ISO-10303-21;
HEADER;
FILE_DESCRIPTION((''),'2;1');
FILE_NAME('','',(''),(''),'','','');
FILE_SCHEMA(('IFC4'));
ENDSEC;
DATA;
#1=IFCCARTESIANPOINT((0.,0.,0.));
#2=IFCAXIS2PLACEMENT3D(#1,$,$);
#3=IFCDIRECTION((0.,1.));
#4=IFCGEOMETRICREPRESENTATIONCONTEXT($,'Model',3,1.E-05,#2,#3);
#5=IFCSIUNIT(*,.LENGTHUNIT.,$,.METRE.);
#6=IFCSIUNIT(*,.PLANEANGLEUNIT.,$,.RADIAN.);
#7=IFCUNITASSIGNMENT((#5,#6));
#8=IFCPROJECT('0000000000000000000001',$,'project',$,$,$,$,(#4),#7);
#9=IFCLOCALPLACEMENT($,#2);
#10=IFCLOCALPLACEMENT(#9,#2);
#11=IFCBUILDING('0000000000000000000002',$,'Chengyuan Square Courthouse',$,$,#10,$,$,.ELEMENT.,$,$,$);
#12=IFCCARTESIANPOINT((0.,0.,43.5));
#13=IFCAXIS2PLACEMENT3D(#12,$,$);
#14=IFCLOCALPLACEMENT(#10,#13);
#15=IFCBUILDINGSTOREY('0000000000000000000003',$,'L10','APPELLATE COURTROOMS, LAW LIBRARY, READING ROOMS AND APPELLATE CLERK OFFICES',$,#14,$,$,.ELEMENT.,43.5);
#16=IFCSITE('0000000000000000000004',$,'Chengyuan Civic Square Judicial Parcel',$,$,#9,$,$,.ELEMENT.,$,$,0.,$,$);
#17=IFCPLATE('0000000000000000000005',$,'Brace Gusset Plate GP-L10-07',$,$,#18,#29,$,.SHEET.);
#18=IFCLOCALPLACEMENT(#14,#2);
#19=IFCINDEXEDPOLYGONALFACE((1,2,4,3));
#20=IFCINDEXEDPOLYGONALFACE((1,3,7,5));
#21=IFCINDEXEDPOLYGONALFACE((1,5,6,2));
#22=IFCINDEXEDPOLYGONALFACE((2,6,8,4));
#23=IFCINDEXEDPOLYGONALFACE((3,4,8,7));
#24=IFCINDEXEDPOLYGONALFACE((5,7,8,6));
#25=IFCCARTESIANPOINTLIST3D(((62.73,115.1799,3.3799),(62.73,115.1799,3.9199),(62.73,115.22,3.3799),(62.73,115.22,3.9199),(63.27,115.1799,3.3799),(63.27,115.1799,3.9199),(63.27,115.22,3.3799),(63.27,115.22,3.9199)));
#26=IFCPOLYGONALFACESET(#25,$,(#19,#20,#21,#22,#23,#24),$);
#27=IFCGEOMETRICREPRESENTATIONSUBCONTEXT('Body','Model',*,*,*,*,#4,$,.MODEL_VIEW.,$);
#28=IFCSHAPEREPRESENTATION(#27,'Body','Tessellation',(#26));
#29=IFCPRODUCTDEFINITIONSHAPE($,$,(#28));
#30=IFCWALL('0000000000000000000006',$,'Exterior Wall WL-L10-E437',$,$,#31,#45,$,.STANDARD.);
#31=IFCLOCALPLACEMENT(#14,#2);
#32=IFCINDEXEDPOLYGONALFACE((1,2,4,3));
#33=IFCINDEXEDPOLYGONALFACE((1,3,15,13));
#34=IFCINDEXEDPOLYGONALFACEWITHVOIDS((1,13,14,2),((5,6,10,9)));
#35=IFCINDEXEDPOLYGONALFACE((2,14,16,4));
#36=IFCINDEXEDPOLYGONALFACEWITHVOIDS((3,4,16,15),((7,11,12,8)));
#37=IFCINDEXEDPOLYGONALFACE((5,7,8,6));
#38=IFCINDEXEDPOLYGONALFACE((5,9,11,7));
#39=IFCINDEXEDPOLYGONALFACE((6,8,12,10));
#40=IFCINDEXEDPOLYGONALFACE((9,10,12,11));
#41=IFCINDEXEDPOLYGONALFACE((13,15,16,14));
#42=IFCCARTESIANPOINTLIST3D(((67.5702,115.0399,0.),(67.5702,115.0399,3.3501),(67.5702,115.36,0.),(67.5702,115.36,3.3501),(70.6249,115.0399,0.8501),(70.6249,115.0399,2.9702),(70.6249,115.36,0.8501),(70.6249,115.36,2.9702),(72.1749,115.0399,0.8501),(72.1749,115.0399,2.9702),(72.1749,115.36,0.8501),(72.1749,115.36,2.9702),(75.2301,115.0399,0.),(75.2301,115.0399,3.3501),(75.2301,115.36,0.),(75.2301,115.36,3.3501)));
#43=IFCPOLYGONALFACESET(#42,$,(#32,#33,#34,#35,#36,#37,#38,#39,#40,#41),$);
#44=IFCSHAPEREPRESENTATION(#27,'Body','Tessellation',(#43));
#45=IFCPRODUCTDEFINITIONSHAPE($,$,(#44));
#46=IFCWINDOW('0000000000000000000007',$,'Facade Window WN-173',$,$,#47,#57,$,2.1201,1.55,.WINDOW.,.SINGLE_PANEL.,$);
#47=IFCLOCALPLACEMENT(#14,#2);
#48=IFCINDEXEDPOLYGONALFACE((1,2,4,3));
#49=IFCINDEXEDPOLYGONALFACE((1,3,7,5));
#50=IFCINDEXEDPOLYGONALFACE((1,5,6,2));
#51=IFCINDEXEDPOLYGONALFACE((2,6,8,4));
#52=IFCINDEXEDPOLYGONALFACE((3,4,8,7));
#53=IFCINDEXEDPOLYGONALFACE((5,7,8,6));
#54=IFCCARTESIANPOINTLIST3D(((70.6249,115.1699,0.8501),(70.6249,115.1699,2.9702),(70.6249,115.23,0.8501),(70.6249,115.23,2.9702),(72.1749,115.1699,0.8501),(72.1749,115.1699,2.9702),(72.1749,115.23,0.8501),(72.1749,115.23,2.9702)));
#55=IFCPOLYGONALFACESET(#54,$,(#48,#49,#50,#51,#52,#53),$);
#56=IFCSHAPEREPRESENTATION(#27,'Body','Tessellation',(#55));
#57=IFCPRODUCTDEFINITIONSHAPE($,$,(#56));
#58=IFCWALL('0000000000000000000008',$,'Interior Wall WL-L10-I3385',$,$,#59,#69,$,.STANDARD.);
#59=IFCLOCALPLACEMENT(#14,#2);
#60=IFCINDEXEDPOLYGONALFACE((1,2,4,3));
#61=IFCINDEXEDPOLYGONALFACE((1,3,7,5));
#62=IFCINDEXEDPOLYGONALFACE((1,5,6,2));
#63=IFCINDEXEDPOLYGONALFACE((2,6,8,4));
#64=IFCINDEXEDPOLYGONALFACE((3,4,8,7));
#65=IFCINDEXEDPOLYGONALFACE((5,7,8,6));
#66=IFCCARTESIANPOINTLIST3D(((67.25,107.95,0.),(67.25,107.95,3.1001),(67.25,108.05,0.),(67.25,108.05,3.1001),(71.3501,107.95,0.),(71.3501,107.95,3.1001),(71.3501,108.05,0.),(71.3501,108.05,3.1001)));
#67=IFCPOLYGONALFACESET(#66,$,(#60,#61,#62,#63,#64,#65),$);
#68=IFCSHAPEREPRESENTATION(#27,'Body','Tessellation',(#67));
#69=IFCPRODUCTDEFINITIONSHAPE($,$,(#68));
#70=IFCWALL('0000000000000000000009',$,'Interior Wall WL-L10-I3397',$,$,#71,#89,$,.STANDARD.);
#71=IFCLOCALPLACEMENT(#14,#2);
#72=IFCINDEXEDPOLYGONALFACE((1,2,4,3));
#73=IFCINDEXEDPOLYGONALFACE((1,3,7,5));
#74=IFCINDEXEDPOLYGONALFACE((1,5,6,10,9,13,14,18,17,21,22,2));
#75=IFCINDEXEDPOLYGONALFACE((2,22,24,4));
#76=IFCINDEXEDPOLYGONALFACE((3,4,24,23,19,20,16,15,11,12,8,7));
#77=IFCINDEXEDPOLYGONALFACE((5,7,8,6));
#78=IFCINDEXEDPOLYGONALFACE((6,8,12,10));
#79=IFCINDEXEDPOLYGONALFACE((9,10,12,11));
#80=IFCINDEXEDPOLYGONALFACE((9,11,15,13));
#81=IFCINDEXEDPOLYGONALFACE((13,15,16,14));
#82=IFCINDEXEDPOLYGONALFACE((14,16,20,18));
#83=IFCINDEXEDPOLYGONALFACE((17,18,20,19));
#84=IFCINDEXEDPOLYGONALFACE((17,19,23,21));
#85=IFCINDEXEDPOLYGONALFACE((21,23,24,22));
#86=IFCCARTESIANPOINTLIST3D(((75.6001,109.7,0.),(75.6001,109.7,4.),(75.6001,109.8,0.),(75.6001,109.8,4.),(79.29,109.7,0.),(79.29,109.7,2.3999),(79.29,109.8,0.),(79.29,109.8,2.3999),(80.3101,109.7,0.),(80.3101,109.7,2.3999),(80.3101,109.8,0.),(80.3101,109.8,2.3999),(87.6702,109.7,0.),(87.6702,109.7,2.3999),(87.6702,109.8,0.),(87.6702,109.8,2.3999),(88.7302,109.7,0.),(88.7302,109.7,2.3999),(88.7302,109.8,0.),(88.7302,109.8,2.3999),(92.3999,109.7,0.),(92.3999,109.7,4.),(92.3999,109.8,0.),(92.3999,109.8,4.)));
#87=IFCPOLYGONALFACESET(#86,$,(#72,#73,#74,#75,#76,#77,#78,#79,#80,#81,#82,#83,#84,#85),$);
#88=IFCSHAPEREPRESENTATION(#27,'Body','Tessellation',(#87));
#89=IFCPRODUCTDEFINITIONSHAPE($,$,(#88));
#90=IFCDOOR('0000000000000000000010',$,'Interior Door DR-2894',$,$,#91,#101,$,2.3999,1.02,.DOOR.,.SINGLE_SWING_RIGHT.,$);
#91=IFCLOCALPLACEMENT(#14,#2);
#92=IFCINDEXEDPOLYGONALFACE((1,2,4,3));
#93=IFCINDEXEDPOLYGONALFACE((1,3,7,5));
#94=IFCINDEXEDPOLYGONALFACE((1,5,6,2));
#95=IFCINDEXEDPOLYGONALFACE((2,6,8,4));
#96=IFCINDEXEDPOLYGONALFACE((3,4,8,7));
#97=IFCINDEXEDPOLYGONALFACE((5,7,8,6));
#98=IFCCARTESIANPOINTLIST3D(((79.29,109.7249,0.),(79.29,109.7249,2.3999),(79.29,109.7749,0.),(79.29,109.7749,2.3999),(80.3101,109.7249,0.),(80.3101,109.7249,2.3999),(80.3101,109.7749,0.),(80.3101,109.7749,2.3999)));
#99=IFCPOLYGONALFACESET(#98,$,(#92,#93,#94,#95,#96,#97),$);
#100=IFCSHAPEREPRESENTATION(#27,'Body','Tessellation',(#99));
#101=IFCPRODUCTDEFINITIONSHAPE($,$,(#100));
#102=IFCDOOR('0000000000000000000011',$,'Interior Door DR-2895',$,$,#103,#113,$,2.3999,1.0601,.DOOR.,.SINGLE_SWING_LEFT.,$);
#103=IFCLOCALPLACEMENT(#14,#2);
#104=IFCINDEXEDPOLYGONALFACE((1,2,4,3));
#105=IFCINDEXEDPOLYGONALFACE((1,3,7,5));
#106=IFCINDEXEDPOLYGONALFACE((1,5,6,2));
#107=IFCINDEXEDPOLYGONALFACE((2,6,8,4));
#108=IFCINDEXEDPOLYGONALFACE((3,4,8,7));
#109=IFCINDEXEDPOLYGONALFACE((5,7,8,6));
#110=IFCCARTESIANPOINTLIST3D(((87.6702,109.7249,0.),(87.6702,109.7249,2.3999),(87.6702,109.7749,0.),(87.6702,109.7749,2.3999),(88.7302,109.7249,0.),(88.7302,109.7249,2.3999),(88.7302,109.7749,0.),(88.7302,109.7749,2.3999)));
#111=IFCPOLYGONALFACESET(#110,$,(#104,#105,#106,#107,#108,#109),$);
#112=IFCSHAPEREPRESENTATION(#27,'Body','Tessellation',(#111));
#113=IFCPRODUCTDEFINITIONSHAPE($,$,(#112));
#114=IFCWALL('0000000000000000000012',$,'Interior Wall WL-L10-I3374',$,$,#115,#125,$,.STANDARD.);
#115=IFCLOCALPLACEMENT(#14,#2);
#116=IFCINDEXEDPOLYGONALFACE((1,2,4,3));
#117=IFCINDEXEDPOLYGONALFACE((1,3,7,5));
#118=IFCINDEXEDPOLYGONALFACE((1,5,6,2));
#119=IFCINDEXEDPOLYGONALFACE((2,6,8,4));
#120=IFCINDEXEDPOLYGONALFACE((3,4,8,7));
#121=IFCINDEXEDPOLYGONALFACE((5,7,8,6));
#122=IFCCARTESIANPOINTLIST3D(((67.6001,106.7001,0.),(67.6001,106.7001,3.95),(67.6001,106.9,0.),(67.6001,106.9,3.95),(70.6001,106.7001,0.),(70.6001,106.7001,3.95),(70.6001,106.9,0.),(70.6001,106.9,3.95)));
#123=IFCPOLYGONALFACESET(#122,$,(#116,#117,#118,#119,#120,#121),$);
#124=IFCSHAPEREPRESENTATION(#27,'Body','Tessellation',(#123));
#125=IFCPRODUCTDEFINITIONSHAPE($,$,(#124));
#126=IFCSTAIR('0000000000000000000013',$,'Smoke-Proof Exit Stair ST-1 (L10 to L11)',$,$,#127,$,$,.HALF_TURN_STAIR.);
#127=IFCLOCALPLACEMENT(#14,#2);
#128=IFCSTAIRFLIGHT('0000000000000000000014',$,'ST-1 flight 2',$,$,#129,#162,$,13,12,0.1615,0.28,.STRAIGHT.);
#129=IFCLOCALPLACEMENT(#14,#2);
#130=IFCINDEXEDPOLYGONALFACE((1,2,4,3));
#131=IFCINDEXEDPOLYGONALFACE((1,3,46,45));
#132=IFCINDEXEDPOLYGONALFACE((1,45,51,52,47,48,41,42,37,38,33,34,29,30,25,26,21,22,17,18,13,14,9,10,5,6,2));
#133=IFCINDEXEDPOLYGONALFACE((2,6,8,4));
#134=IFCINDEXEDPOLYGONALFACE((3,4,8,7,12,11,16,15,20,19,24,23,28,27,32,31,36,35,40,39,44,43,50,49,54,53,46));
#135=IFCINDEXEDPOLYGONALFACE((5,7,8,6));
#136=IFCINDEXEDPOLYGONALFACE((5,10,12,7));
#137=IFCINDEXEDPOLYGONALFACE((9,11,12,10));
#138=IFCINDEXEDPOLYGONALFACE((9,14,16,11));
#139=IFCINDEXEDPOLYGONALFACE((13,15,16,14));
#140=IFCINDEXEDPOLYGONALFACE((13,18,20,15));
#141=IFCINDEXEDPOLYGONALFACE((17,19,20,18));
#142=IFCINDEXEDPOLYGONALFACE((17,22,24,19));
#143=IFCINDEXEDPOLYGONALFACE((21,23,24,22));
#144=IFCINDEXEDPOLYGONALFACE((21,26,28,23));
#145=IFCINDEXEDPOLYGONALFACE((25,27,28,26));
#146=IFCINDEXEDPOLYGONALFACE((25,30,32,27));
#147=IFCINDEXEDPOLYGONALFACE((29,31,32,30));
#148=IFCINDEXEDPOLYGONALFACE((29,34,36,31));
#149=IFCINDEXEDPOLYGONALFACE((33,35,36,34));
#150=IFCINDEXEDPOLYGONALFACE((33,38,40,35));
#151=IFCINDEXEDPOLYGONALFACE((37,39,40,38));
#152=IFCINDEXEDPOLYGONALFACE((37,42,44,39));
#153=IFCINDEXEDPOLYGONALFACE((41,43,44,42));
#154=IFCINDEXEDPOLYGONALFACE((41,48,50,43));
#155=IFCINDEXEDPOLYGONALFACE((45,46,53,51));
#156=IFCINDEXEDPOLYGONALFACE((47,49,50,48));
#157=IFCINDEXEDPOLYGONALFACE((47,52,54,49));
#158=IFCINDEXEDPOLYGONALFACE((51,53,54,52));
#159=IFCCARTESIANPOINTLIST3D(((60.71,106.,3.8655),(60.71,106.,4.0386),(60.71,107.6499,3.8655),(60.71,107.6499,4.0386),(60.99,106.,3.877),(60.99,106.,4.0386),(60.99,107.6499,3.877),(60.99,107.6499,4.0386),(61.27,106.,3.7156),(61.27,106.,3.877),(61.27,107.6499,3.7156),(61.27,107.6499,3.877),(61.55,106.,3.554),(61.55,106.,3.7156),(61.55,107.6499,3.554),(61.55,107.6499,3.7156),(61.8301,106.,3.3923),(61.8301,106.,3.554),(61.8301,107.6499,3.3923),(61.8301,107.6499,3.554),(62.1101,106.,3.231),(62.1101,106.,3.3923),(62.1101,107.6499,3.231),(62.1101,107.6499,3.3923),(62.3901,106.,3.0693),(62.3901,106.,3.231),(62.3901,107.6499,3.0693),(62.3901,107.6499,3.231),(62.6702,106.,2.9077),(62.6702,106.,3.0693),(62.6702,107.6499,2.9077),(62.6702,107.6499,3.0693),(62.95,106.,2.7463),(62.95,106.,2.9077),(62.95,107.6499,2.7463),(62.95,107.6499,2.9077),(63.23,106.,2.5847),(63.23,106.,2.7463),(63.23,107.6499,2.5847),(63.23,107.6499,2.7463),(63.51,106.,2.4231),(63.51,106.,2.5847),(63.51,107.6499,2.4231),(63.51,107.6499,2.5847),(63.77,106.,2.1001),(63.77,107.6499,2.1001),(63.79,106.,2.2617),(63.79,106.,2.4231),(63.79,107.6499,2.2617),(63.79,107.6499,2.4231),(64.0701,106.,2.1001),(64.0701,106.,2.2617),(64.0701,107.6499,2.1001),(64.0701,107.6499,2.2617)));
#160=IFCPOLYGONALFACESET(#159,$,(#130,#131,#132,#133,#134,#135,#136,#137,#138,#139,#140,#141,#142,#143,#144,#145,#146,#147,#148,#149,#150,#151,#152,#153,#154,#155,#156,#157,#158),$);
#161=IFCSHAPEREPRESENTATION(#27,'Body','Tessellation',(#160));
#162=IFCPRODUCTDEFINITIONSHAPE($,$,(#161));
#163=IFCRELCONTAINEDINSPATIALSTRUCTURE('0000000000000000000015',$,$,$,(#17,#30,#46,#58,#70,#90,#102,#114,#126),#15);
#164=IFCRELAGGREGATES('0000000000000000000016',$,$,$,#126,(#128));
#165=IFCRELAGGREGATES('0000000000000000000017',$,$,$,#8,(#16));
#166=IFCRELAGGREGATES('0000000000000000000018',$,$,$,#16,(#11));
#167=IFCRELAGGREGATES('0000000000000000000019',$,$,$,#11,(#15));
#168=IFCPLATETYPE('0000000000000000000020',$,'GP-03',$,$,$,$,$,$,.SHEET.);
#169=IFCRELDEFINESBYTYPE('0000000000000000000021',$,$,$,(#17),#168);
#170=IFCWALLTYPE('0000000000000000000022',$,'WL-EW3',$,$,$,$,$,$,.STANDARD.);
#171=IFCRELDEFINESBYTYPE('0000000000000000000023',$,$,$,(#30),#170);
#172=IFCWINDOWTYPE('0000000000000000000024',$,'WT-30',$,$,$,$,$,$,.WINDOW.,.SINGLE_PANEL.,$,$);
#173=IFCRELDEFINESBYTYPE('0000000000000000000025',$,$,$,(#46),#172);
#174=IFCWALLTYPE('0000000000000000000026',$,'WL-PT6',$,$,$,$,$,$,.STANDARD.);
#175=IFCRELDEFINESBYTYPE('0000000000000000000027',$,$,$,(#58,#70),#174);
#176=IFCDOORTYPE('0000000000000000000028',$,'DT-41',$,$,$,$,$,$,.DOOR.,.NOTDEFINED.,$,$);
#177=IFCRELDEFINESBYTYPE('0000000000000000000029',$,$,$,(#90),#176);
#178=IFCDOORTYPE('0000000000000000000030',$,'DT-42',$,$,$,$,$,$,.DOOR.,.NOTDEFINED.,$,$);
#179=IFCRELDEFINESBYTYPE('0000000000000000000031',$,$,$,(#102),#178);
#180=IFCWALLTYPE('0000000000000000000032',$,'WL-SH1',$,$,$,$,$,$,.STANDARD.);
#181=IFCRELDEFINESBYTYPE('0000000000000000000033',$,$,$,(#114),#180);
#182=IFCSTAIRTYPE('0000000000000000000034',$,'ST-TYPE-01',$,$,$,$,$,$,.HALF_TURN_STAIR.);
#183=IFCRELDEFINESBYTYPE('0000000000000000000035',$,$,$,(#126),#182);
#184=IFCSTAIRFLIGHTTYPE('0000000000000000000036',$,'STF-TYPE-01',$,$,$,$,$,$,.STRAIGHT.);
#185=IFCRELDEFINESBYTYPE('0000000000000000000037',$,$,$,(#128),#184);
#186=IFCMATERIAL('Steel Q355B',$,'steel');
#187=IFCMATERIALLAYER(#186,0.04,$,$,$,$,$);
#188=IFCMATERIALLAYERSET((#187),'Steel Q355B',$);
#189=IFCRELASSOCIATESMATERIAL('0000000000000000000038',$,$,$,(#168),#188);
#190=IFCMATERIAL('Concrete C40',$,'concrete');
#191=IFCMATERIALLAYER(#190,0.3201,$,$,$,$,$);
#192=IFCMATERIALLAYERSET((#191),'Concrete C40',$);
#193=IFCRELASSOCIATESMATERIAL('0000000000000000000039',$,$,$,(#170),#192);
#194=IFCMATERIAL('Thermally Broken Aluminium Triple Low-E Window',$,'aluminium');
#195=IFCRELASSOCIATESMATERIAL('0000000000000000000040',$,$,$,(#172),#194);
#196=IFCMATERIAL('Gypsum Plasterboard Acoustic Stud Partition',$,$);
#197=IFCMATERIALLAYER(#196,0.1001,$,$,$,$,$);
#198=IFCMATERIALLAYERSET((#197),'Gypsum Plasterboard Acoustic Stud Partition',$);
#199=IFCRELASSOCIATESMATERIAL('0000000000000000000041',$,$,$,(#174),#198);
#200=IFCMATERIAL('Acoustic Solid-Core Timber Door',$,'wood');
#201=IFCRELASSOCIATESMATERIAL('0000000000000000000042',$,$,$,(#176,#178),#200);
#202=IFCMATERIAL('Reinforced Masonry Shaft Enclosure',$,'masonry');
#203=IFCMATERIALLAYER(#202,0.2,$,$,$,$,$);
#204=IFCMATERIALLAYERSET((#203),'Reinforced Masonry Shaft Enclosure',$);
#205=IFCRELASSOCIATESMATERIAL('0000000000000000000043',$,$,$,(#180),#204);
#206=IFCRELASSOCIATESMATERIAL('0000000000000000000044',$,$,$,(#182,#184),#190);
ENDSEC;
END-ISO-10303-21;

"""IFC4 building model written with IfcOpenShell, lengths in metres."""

from ifc_helpers import new_model, si_unit, direction, frame, frame_2d, origin, origin_2d, place, context, subcontext, project, spatial, polyline, rectangle, outline, extrude, material, layer, layer_set, type_object, element, fill, aggregate, save


model = new_model("IFC4")

# Units and contexts
model_context = context("Model", 3, precision=1e-05, world=origin(), true_north=direction((0.0, 1.0)))
body_context = subcontext(model_context, "Body", "Model", "MODEL_VIEW")
ifc_project = project(units=[si_unit("LENGTHUNIT", "METRE"), si_unit("PLANEANGLEUNIT", "RADIAN")], contexts=[model_context])

# Site, building, storey
site_placement = place(None, origin())
site = spatial("IfcSite", under=ifc_project, at=site_placement, Name="Chengyuan Civic Square Judicial Parcel", CompositionType="ELEMENT", RefElevation=0.0)
building_placement = place(site_placement, origin())
building = spatial("IfcBuilding", under=site, at=building_placement, Name="Chengyuan Square Courthouse", CompositionType="ELEMENT")
storey_placement = place(building_placement, frame((0.0, 0.0, 43.5)))
storey = spatial("IfcBuildingStorey", under=building, at=storey_placement, Name="L10", Description="APPELLATE COURTROOMS, LAW LIBRARY, READING ROOMS AND APPELLATE CLERK OFFICES", CompositionType="ELEMENT", Elevation=43.5)

# Shared definitions
ifc_material_1 = material(Name="Concrete C40", Category="concrete")

# Shared definitions
ifc_material_2 = material(Name="Steel Q355B", Category="steel")

# Plate
ifc_layer_1 = layer(ifc_material_2, 0.04)
ifc_layer_set_1 = layer_set([ifc_layer_1], Name="Steel Q355B")
plate_type = type_object("IfcPlateType", Name="GP-03", PredefinedType="SHEET", material=ifc_layer_set_1)
plate_placement = place(storey_placement, frame((63.0, 115.2, 3.3799), z_axis=(0.0, 0.0, 1.0), x_axis=(1.0, 0.0, 0.0)))
element("IfcPlate", 1, at=plate_placement, inside=storey, type_object=plate_type, Name="Brace Gusset Plate GP-L10-07", PredefinedType="SHEET", context=body_context, shape_type="SweptSolid", body=[
    extrude(rectangle(XDim=0.54, YDim=0.04, at=origin_2d()), origin(), (0.0, 0.0, 1.0), 0.54),
])

# Wall, opening, window
ifc_layer_2 = layer(ifc_material_1, 0.3201)
ifc_layer_set_2 = layer_set([ifc_layer_2], Name="Concrete C40")
wall_type_1 = type_object("IfcWallType", Name="WL-EW3", PredefinedType="STANDARD", material=ifc_layer_set_2)
wall_1_placement = place(storey_placement, frame((67.5701, 115.2, 0.0), z_axis=(0.0, 0.0, 1.0), x_axis=(1.0, 0.0, 0.0)))
wall_1 = element("IfcWall", 2, at=wall_1_placement, inside=storey, type_object=wall_type_1, Name="Exterior Wall WL-L10-E437", PredefinedType="STANDARD", context=body_context, shape_type="SweptSolid", body=[
    extrude(rectangle(XDim=7.6599, YDim=0.3201, at=frame_2d((3.8301, 0.0))), origin(), (0.0, 0.0, 1.0), 3.3501),
])
opening_1_placement = place(wall_1_placement, frame((3.0549, 0.0, 0.8501)))
opening_1 = element("IfcOpeningElement", 3, at=opening_1_placement, cuts=wall_1, PredefinedType="OPENING", context=body_context, shape_type="SweptSolid", body=[
    extrude(rectangle(XDim=1.55, YDim=2.1201, at=frame_2d((0.7749, 1.0601))), frame((0.0, 0.1721, 0.0), z_axis=(0.0, -1.0, 0.0), x_axis=(1.0, 0.0, 0.0)), (0.0, 0.0, 1.0), 0.344),
])
ifc_material_3 = material(Name="Thermally Broken Aluminium Triple Low-E Window", Category="aluminium")
window_type = type_object("IfcWindowType", Name="WT-30", PartitioningType="SINGLE_PANEL", PredefinedType="WINDOW", material=ifc_material_3)
window_placement = place(opening_1_placement, origin())
window = element("IfcWindow", 4, at=window_placement, inside=storey, type_object=window_type, Name="Facade Window WN-173", OverallHeight=2.1201, OverallWidth=1.55, PartitioningType="SINGLE_PANEL", PredefinedType="WINDOW", context=body_context, shape_type="SweptSolid", body=[
    extrude(rectangle(XDim=1.55, YDim=2.1201, at=frame_2d((0.7749, 1.0601))), frame((0.0, 0.03, 0.0), z_axis=(0.0, -1.0, 0.0), x_axis=(1.0, 0.0, 0.0)), (0.0, 0.0, 1.0), 0.0601),
])
fill(opening_1, window)

# Wall
ifc_material_4 = material(Name="Gypsum Plasterboard Acoustic Stud Partition")
ifc_layer_3 = layer(ifc_material_4, 0.1001)
ifc_layer_set_3 = layer_set([ifc_layer_3], Name="Gypsum Plasterboard Acoustic Stud Partition")
wall_type_2 = type_object("IfcWallType", Name="WL-PT6", PredefinedType="STANDARD", material=ifc_layer_set_3)
wall_2_placement = place(storey_placement, frame((67.25, 108.0, 0.0), z_axis=(0.0, 0.0, 1.0), x_axis=(1.0, 0.0, 0.0)))
element("IfcWall", 5, at=wall_2_placement, inside=storey, type_object=wall_type_2, Name="Interior Wall WL-L10-I3385", PredefinedType="STANDARD", context=body_context, shape_type="SweptSolid", body=[
    extrude(rectangle(XDim=4.1001, YDim=0.1001, at=frame_2d((2.05, 0.0))), origin(), (0.0, 0.0, 1.0), 3.1001),
])

# Wall, openings, doors
wall_3_placement = place(storey_placement, frame((75.6001, 109.75, 0.0), z_axis=(0.0, 0.0, 1.0), x_axis=(1.0, 0.0, 0.0)))
wall_3 = element("IfcWall", 6, at=wall_3_placement, inside=storey, type_object=wall_type_2, Name="Interior Wall WL-L10-I3397", PredefinedType="STANDARD", context=body_context, shape_type="SweptSolid", body=[
    extrude(rectangle(XDim=16.7998, YDim=0.1001, at=frame_2d((8.3999, 0.0))), origin(), (0.0, 0.0, 1.0), 4.0),
])
opening_2_placement = place(wall_3_placement, frame((3.6899, 0.0, 0.0)))
opening_2 = element("IfcOpeningElement", 7, at=opening_2_placement, cuts=wall_3, PredefinedType="OPENING", context=body_context, shape_type="SweptSolid", body=[
    extrude(rectangle(XDim=1.02, YDim=2.3999, at=frame_2d((0.51, 1.2))), frame((0.0, 0.062, 0.0), z_axis=(0.0, -1.0, 0.0), x_axis=(1.0, 0.0, 0.0)), (0.0, 0.0, 1.0), 0.124),
])
opening_3_placement = place(wall_3_placement, frame((12.0701, 0.0, 0.0)))
opening_3 = element("IfcOpeningElement", 8, at=opening_3_placement, cuts=wall_3, PredefinedType="OPENING", context=body_context, shape_type="SweptSolid", body=[
    extrude(rectangle(XDim=1.0601, YDim=2.3999, at=frame_2d((0.53, 1.2))), frame((0.0, 0.062, 0.0), z_axis=(0.0, -1.0, 0.0), x_axis=(1.0, 0.0, 0.0)), (0.0, 0.0, 1.0), 0.124),
])
ifc_material_5 = material(Name="Acoustic Solid-Core Timber Door", Category="wood")
door_type_1 = type_object("IfcDoorType", Name="DT-41", OperationType="NOTDEFINED", PredefinedType="DOOR", material=ifc_material_5)
door_1_placement = place(opening_2_placement, origin())
door_1 = element("IfcDoor", 9, at=door_1_placement, inside=storey, type_object=door_type_1, Name="Interior Door DR-2894", OperationType="SINGLE_SWING_RIGHT", OverallHeight=2.3999, OverallWidth=1.02, PredefinedType="DOOR", context=body_context, shape_type="SweptSolid", body=[
    extrude(rectangle(XDim=1.02, YDim=2.3999, at=frame_2d((0.51, 1.2))), frame((0.0, 0.0249, 0.0), z_axis=(0.0, -1.0, 0.0), x_axis=(1.0, 0.0, 0.0)), (0.0, 0.0, 1.0), 0.05),
])
fill(opening_2, door_1)
door_type_2 = type_object("IfcDoorType", Name="DT-42", OperationType="NOTDEFINED", PredefinedType="DOOR", material=ifc_material_5)
door_2_placement = place(opening_3_placement, origin())
door_2 = element("IfcDoor", 10, at=door_2_placement, inside=storey, type_object=door_type_2, Name="Interior Door DR-2895", OperationType="SINGLE_SWING_LEFT", OverallHeight=2.3999, OverallWidth=1.0601, PredefinedType="DOOR", context=body_context, shape_type="SweptSolid", body=[
    extrude(rectangle(XDim=1.0601, YDim=2.3999, at=frame_2d((0.53, 1.2))), frame((0.0, 0.0249, 0.0), z_axis=(0.0, -1.0, 0.0), x_axis=(1.0, 0.0, 0.0)), (0.0, 0.0, 1.0), 0.05),
])
fill(opening_3, door_2)

# Wall
ifc_material_6 = material(Name="Reinforced Masonry Shaft Enclosure", Category="masonry")
ifc_layer_4 = layer(ifc_material_6, 0.2)
ifc_layer_set_4 = layer_set([ifc_layer_4], Name="Reinforced Masonry Shaft Enclosure")
wall_type_3 = type_object("IfcWallType", Name="WL-SH1", PredefinedType="STANDARD", material=ifc_layer_set_4)
wall_4_placement = place(storey_placement, frame((67.6001, 106.8, 0.0), z_axis=(0.0, 0.0, 1.0), x_axis=(1.0, 0.0, 0.0)))
element("IfcWall", 11, at=wall_4_placement, inside=storey, type_object=wall_type_3, Name="Interior Wall WL-L10-I3374", PredefinedType="STANDARD", context=body_context, shape_type="SweptSolid", body=[
    extrude(rectangle(XDim=3.0, YDim=0.2, at=frame_2d((1.5, 0.0))), origin(), (0.0, 0.0, 1.0), 3.95),
])

# Stair, stair flight
stair_type = type_object("IfcStairType", Name="ST-TYPE-01", PredefinedType="HALF_TURN_STAIR", material=ifc_material_1)
stair_placement = place(storey_placement, origin())
stair = element("IfcStair", 12, at=stair_placement, inside=storey, type_object=stair_type, Name="Smoke-Proof Exit Stair ST-1 (L10 to L11)", PredefinedType="HALF_TURN_STAIR")
stair_flight_type = type_object("IfcStairFlightType", Name="STF-TYPE-01", PredefinedType="STRAIGHT", material=ifc_material_1)
stair_flight_placement = place(storey_placement, frame((64.0701, 106.825, 2.1001), z_axis=(0.0, 0.0, 1.0), x_axis=(-1.0, 0.0, 0.0)))
stair_flight = element("IfcStairFlight", 13, at=stair_flight_placement, type_object=stair_flight_type, Name="ST-1 flight 2", NumberOfRisers=13, NumberOfTreads=12, PredefinedType="STRAIGHT", RiserHeight=0.1615, TreadLength=0.28, context=body_context, shape_type="SweptSolid", body=[
    extrude(outline(polyline([(0.0, 0.0), (0.0, 0.1616), (0.28, 0.1616), (0.28, 0.323), (0.5601, 0.323), (0.5601, 0.4846), (0.8401, 0.4846), (0.8401, 0.6462), (1.1201, 0.6462), (1.1201, 0.8076), (1.3999, 0.8076), (1.3999, 0.9692), (1.6799, 0.9692), (1.6799, 1.1309), (1.96, 1.1309), (1.96, 1.2922), (2.24, 1.2922), (2.24, 1.4539), (2.52, 1.4539), (2.52, 1.6155), (2.8, 1.6155), (2.8, 1.7769), (3.0801, 1.7769), (3.0801, 1.9385), (3.3601, 1.9385), (3.3601, 2.1001), (3.3601, 1.7654), (0.3, 0.0), (0.0, 0.0)])), frame((0.0, 0.825, 0.0), z_axis=(0.0, -1.0, 0.0), x_axis=(1.0, 0.0, 0.0)), (0.0, 0.0, 1.0), 1.6499),
])
aggregate(stair, [stair_flight])

save(model, "model.ifc")
